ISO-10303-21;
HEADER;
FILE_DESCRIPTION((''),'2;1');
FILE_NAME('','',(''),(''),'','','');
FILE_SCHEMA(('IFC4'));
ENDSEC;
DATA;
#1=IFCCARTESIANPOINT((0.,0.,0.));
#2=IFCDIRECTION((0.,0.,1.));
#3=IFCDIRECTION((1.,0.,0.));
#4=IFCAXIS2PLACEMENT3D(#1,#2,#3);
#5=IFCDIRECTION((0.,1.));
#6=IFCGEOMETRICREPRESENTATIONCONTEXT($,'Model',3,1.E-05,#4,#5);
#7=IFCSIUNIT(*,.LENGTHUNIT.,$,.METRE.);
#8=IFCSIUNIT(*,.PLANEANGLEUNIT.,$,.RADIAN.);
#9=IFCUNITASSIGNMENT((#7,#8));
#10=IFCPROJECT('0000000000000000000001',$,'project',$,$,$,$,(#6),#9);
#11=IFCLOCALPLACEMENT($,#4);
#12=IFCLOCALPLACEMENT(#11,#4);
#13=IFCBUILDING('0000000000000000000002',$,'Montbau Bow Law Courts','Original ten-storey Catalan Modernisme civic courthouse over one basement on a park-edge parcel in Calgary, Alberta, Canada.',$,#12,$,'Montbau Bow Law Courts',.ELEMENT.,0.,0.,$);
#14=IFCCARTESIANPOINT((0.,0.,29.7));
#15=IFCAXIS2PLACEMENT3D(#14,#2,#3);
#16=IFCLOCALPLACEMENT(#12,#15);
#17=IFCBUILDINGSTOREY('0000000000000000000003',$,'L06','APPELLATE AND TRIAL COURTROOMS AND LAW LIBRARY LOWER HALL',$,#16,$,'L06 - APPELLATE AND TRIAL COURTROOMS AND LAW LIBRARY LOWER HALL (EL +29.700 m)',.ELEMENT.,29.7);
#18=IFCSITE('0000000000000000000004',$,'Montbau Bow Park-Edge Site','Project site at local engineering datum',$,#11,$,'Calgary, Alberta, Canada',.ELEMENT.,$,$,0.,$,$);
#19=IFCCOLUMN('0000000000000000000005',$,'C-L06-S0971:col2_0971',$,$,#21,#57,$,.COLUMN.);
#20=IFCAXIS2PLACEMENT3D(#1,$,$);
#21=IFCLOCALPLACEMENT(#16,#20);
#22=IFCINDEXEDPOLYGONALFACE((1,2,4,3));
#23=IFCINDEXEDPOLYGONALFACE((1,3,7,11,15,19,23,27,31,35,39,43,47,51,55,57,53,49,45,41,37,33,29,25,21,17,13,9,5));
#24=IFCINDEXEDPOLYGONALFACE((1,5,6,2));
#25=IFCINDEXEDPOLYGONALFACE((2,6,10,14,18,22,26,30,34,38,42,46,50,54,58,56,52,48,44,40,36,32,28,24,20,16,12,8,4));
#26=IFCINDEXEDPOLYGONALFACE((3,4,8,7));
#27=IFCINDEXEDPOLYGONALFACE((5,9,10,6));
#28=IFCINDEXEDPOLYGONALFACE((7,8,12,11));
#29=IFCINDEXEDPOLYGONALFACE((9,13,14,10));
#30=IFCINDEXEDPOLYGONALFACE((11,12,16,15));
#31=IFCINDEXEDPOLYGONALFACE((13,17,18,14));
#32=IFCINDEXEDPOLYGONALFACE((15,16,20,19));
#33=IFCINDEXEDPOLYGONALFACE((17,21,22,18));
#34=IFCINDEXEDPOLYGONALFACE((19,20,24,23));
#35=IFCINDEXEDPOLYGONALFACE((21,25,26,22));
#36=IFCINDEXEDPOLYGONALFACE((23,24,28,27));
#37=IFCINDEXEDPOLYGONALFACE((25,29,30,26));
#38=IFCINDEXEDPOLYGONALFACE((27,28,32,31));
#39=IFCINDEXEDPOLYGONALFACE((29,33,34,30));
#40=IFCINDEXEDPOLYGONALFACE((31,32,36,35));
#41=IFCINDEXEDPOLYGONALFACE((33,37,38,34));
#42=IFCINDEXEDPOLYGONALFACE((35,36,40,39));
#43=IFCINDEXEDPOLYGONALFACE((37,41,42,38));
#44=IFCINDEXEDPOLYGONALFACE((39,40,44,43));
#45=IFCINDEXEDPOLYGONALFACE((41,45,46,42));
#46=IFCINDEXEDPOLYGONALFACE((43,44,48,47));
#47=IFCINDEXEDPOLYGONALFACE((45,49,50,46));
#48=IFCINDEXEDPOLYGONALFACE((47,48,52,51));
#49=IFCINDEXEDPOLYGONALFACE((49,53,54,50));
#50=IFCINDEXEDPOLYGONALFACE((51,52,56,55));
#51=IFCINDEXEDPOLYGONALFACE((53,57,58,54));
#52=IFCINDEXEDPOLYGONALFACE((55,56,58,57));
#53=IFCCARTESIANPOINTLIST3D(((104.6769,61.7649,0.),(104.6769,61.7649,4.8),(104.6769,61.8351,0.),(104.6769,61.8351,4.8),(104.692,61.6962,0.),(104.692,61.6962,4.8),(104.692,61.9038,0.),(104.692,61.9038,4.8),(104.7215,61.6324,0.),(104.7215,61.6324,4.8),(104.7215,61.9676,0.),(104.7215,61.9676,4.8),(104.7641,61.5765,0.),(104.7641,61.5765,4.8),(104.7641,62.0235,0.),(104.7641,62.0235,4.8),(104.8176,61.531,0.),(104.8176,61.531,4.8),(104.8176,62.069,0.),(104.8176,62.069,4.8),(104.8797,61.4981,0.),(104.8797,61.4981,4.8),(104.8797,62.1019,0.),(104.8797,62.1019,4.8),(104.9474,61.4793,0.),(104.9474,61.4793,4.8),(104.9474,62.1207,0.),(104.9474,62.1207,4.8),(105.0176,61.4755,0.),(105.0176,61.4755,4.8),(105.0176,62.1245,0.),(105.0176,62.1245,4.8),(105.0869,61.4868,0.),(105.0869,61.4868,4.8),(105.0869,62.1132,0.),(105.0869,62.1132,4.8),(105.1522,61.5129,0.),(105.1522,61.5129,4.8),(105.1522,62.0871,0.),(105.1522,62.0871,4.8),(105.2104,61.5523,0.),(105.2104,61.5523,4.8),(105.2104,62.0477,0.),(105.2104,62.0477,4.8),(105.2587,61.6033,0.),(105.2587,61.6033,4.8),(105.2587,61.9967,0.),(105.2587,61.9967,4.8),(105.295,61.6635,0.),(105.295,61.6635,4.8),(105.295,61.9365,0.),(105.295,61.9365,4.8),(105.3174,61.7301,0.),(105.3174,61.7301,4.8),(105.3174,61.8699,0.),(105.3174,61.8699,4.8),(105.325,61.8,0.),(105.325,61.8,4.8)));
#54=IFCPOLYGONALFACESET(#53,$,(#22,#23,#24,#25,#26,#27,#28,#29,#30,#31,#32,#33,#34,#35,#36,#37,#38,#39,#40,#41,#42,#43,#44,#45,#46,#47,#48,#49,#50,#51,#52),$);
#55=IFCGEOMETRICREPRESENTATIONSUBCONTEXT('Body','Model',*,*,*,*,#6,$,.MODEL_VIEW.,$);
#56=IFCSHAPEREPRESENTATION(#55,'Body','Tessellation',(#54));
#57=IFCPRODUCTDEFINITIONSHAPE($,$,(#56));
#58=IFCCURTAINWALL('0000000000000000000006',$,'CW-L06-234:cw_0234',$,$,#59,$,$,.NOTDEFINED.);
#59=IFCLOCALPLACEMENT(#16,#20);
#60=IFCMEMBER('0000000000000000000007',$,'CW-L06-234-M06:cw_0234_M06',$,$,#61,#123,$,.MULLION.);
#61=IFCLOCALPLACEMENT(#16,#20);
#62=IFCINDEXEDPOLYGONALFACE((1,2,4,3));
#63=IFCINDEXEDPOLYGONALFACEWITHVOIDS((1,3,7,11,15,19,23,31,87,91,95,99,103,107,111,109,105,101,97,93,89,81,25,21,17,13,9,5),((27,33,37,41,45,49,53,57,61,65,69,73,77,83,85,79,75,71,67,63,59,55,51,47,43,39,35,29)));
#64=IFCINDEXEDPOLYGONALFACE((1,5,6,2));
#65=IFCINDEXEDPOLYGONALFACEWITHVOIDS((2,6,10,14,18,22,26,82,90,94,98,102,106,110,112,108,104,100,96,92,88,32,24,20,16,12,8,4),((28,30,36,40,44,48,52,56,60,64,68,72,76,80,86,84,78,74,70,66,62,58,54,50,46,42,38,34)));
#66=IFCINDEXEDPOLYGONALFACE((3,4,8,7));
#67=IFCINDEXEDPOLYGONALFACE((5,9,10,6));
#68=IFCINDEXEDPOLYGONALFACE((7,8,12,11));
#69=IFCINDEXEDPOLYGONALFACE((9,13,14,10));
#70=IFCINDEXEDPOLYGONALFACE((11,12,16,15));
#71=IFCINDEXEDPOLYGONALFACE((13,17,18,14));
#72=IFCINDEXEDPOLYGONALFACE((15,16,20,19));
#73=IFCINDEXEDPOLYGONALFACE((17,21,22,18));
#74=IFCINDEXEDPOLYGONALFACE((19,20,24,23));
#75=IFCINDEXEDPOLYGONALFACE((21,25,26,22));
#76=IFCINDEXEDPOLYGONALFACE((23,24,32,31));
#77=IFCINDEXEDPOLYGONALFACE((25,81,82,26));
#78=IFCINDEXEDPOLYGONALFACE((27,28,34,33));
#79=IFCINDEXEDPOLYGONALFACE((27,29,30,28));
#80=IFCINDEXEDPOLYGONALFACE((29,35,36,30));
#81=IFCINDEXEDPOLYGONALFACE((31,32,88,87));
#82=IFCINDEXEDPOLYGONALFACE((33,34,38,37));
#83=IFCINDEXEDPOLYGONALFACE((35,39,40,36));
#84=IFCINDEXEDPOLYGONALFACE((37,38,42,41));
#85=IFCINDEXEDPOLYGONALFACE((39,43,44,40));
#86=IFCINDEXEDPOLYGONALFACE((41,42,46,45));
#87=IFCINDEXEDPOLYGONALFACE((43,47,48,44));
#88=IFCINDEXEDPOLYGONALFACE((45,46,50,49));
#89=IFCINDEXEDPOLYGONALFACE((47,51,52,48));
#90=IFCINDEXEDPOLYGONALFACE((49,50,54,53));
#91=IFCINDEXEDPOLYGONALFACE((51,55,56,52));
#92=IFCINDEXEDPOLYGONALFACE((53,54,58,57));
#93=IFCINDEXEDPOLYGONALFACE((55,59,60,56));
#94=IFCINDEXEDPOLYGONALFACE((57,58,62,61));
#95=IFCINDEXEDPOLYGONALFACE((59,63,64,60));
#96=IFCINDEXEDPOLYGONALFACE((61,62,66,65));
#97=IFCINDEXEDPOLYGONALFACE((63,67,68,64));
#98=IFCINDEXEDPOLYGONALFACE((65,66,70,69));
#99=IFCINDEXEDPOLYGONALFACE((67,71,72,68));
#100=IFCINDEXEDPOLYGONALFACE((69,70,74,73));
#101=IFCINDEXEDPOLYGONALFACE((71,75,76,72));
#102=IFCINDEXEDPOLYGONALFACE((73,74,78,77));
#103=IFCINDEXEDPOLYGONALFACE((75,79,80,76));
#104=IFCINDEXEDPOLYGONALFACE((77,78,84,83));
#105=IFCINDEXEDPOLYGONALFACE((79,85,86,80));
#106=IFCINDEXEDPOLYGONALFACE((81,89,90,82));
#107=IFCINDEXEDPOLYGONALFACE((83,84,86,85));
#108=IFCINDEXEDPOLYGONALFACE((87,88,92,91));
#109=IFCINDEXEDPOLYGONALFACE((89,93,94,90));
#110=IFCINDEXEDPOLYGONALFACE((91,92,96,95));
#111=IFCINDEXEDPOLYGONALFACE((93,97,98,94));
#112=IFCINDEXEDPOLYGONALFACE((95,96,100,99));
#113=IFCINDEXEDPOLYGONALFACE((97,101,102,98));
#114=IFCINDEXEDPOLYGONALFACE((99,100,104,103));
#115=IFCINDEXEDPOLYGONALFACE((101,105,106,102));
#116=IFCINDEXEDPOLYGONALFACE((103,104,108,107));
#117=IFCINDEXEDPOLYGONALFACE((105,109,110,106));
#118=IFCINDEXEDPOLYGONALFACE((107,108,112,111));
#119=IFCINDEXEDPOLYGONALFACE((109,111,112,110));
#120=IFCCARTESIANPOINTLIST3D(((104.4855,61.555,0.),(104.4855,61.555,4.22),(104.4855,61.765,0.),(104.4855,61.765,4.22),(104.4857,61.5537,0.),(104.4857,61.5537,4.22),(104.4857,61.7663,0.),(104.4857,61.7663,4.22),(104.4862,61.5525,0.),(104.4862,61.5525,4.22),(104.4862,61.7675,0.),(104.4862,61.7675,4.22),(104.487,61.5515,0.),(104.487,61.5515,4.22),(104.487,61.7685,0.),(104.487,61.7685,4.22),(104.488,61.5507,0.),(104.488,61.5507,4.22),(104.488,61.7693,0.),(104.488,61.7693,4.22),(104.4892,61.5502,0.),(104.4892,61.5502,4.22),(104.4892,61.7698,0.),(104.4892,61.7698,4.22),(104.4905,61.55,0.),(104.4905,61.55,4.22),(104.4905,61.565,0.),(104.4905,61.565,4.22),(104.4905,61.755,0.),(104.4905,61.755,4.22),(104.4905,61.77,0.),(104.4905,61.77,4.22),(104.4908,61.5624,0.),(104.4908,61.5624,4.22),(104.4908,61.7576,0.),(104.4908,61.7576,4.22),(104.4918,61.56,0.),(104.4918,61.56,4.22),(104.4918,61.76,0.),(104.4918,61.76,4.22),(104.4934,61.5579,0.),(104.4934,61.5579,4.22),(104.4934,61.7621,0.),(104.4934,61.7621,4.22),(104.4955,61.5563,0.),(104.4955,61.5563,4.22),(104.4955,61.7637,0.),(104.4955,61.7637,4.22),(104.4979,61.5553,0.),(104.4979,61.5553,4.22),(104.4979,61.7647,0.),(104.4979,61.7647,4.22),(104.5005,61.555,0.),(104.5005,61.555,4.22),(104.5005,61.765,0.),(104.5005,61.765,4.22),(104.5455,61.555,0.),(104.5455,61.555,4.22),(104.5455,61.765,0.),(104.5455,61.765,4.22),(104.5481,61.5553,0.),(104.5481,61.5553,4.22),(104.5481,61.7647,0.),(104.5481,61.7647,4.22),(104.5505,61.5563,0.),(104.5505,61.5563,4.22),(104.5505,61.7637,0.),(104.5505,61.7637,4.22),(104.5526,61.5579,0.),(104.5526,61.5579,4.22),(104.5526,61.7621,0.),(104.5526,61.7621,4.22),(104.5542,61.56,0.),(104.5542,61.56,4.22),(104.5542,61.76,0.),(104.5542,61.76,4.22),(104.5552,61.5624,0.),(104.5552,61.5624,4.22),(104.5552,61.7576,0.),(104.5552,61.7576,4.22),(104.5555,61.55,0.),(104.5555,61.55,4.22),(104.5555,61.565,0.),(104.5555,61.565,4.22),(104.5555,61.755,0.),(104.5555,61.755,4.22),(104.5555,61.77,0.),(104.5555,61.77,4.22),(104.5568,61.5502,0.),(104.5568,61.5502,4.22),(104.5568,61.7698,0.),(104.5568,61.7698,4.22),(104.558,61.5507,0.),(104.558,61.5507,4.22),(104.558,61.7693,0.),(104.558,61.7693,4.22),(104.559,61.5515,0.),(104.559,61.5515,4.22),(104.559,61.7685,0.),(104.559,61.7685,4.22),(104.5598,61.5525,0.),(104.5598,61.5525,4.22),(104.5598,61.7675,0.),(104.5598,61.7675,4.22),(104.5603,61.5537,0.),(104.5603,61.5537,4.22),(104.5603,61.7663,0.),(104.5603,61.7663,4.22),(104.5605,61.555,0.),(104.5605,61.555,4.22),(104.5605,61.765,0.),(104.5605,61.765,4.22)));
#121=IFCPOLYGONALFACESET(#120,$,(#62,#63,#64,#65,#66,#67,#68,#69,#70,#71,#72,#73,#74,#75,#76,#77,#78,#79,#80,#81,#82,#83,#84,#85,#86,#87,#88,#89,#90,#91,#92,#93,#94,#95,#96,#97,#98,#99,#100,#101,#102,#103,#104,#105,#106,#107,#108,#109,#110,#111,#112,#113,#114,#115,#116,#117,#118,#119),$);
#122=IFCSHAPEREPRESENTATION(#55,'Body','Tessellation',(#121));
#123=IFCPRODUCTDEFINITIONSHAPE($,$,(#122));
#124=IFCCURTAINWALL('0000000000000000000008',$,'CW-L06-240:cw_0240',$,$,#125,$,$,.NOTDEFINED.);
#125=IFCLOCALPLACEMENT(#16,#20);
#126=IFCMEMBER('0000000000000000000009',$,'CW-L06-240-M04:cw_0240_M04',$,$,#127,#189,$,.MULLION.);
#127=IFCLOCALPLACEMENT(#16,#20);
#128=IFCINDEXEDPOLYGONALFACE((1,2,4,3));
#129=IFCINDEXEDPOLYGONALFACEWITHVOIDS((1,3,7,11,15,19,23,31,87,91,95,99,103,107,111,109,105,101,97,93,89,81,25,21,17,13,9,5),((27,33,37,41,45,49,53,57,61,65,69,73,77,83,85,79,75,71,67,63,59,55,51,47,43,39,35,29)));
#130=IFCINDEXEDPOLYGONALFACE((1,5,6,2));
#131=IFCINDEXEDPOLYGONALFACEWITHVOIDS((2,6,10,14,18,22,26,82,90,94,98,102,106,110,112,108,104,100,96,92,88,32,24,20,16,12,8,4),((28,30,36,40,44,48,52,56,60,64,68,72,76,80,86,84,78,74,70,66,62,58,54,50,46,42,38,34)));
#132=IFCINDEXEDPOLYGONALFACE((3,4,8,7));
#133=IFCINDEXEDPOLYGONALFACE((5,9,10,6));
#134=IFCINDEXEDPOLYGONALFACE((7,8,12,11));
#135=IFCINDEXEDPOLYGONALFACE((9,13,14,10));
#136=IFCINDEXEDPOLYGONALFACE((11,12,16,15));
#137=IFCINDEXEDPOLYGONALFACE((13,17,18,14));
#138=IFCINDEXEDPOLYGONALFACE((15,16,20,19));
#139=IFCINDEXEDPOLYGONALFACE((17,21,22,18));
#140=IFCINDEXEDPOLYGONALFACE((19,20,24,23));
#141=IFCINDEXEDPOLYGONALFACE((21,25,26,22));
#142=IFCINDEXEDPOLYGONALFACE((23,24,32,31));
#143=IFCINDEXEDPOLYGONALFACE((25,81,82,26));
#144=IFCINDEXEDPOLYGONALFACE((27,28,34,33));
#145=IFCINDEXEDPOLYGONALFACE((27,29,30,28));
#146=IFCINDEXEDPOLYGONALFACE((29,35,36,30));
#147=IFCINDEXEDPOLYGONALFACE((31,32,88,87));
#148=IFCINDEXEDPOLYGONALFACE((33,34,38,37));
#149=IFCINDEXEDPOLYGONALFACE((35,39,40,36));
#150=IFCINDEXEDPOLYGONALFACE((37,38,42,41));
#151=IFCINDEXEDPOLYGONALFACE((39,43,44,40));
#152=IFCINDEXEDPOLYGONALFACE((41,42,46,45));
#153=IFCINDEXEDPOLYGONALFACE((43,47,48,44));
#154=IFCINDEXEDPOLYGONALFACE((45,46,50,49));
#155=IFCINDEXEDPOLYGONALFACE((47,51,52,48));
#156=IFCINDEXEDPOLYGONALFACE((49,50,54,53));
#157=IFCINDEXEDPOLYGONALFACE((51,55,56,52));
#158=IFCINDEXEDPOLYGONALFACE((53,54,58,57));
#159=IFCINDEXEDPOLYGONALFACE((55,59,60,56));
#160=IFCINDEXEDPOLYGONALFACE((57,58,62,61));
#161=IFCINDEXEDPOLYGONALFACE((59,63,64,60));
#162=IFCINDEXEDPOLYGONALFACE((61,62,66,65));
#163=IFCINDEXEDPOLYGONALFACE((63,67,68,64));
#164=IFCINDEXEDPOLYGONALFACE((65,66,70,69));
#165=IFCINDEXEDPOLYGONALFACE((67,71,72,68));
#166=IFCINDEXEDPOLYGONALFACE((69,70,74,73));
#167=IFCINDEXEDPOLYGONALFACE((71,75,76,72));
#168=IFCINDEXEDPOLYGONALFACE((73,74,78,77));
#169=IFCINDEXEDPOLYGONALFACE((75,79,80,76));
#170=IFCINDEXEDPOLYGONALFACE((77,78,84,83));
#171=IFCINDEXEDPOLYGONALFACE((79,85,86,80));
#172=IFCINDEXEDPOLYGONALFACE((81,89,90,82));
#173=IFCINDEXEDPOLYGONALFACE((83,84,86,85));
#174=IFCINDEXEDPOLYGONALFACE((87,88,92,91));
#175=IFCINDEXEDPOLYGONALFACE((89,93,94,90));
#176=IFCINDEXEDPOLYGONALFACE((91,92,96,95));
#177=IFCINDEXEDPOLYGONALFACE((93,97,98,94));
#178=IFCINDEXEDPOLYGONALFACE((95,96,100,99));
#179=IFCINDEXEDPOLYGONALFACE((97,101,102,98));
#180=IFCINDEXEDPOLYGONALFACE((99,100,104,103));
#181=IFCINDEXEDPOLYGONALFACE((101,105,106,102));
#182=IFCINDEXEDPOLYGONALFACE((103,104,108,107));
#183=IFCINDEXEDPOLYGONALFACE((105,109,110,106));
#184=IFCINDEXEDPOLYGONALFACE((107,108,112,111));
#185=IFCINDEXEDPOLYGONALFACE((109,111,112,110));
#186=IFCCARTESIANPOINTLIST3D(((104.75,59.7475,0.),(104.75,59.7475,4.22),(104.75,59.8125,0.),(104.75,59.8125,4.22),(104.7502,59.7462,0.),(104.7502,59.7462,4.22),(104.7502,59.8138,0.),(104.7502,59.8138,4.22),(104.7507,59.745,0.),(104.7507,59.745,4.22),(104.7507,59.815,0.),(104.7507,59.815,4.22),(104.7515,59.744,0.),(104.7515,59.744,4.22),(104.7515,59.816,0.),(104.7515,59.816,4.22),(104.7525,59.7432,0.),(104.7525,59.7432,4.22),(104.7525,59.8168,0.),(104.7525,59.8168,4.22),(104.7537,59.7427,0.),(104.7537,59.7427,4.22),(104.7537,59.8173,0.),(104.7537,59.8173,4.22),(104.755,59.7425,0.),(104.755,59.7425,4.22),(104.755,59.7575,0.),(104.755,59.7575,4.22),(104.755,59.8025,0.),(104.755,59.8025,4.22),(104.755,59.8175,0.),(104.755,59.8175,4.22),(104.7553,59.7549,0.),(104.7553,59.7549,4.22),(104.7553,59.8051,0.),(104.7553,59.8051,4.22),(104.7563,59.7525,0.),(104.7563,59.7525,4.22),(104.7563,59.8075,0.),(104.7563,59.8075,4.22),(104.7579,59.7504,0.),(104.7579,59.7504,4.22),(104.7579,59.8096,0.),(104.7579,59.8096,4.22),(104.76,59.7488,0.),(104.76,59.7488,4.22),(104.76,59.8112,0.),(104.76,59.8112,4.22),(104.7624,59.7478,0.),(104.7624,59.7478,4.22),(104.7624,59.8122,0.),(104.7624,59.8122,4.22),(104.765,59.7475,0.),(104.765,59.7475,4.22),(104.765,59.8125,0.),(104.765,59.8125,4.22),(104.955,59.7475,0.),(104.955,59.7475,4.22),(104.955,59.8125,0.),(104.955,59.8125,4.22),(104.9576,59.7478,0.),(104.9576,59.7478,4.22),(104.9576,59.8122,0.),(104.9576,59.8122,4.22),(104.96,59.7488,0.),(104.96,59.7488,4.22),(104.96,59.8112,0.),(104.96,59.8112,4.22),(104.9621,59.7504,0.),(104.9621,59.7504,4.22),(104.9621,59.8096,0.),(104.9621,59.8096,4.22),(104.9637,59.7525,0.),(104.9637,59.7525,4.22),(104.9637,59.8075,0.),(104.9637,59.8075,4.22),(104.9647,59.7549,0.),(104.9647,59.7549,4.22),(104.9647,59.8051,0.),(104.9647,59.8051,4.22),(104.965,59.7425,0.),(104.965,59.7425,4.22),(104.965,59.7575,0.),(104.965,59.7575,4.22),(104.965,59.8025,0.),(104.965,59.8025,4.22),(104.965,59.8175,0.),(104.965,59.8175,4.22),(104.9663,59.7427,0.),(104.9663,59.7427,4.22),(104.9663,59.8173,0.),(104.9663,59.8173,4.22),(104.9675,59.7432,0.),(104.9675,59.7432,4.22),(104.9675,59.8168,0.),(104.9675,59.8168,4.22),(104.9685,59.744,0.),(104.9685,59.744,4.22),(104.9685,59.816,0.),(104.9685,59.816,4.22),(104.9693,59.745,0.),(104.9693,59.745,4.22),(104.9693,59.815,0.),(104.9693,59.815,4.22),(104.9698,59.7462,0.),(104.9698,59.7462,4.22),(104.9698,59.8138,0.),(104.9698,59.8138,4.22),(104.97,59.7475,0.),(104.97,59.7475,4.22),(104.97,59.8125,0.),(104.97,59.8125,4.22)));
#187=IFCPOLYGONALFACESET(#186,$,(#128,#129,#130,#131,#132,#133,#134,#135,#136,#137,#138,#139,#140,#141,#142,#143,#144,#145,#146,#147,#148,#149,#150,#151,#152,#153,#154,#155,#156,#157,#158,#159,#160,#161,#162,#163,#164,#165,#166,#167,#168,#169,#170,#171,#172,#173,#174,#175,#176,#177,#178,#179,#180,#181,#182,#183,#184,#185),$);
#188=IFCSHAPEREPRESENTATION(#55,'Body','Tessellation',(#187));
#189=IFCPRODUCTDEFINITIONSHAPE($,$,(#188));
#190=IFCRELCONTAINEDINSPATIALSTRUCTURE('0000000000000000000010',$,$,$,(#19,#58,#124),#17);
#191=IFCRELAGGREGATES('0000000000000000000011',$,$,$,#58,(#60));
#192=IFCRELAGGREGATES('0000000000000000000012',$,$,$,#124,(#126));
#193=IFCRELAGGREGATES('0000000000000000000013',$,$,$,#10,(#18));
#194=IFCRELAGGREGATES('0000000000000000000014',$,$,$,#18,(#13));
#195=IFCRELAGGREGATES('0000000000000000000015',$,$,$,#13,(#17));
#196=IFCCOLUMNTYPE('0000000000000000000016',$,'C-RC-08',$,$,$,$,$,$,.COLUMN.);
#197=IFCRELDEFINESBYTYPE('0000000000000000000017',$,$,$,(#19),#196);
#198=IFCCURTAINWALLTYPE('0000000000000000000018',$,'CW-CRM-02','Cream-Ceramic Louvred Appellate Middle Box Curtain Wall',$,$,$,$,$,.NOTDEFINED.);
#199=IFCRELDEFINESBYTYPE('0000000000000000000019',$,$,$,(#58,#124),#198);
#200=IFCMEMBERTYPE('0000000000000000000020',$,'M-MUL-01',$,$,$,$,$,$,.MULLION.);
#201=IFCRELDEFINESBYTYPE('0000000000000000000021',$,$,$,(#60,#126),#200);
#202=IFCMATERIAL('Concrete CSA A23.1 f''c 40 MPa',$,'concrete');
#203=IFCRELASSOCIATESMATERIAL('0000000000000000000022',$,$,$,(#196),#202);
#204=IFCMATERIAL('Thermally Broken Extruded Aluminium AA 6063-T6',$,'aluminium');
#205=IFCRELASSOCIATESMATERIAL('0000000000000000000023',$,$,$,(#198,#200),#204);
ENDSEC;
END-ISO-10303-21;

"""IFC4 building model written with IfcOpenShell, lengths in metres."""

from ifc_helpers import new_model, si_unit, direction, frame, origin_with_axes, origin_2d_with_axis, place, context, subcontext, project, spatial, hollow_rectangle, circle, extrude, material, material_profile, profile_set, type_object, element, aggregate, save


model = new_model("IFC4")

# Units and contexts
model_context = context("Model", 3, precision=1e-05, world=origin_with_axes(), true_north=direction((0.0, 1.0)))
body_context = subcontext(model_context, "Body", "Model", "MODEL_VIEW")
ifc_project = project(units=[si_unit("LENGTHUNIT", "METRE"), si_unit("PLANEANGLEUNIT", "RADIAN")], contexts=[model_context])

# Site, building, storey
site_placement = place(None, origin_with_axes())
site = spatial("IfcSite", under=ifc_project, at=site_placement, Name="Montbau Bow Park-Edge Site", Description="Project site at local engineering datum", LongName="Calgary, Alberta, Canada", CompositionType="ELEMENT", RefElevation=0.0)
building_placement = place(site_placement, origin_with_axes())
building = spatial("IfcBuilding", under=site, at=building_placement, Name="Montbau Bow Law Courts", Description="Original ten-storey Catalan Modernisme civic courthouse over one basement on a park-edge parcel in Calgary, Alberta, Canada.", LongName="Montbau Bow Law Courts", CompositionType="ELEMENT", ElevationOfRefHeight=0.0, ElevationOfTerrain=0.0)
storey_placement = place(building_placement, frame((0.0, 0.0, 29.7), z_axis=(0.0, 0.0, 1.0), x_axis=(1.0, 0.0, 0.0)))
storey = spatial("IfcBuildingStorey", under=building, at=storey_placement, Name="L06", Description="APPELLATE AND TRIAL COURTROOMS AND LAW LIBRARY LOWER HALL", LongName="L06 - APPELLATE AND TRIAL COURTROOMS AND LAW LIBRARY LOWER HALL (EL +29.700 m)", CompositionType="ELEMENT", Elevation=29.7)

# Column
ifc_material_1 = material(Name="Concrete CSA A23.1 f'c 40 MPa", Category="concrete")
ifc_material_profile_1 = material_profile(ifc_material_1, circle(Radius=0.325, at=origin_2d_with_axis()), Name="RC650D", Category="Main", Priority=0)
ifc_profile_set_1 = profile_set([ifc_material_profile_1], Name="Concrete CSA A23.1 f'c 40 MPa")
column_type = type_object("IfcColumnType", Name="C-RC-08", PredefinedType="COLUMN", material=ifc_profile_set_1)
column_placement = place(None, frame((105.0, 61.8, 29.7), z_axis=(0.0, 0.0, 1.0), x_axis=(1.0, 0.0, 0.0)))
element("IfcColumn", 1, at=column_placement, inside=storey, type_object=column_type, Name="C-L06-S0971:col2_0971", PredefinedType="COLUMN", context=body_context, shape_type="SweptSolid", body=[
    extrude(circle(Radius=0.325, at=origin_2d_with_axis()), origin_with_axes(), (0.0, 0.0, 1.0), 4.8),
])

# Curtain wall, member
ifc_material_2 = material(Name="Thermally Broken Extruded Aluminium AA 6063-T6", Category="aluminium")
curtain_wall_type = type_object("IfcCurtainWallType", Name="CW-CRM-02", Description="Cream-Ceramic Louvred Appellate Middle Box Curtain Wall", PredefinedType="NOTDEFINED", material=ifc_material_2)
curtain_wall_1_placement = place(None, frame((97.64, 61.66, 29.7), z_axis=(0.0, 0.0, 1.0), x_axis=(1.0, 0.0, 0.0)))
curtain_wall_1 = element("IfcCurtainWall", 2, at=curtain_wall_1_placement, inside=storey, type_object=curtain_wall_type, Name="CW-L06-234:cw_0234", PredefinedType="NOTDEFINED")
ifc_material_profile_2 = material_profile(ifc_material_2, hollow_rectangle(XDim=0.075, YDim=0.22, WallThickness=0.005, InnerFilletRadius=0.01, OuterFilletRadius=0.005, at=origin_2d_with_axis()), Name="CWM-220X75", Category="Main", Priority=0)
ifc_profile_set_2 = profile_set([ifc_material_profile_2], Name="Thermally Broken Extruded Aluminium AA 6063-T6")
member_type_1 = type_object("IfcMemberType", Name="M-MUL-01", PredefinedType="MULLION", material=ifc_profile_set_2)
member_1_placement = place(None, frame((104.523, 61.66, 29.7), z_axis=(0.0, 0.0, 1.0), x_axis=(1.0, 0.0, 0.0)))
member_1 = element("IfcMember", 3, at=member_1_placement, type_object=member_type_1, Name="CW-L06-234-M06:cw_0234_M06", PredefinedType="MULLION", context=body_context, shape_type="SweptSolid", body=[
    extrude(hollow_rectangle(XDim=0.075, YDim=0.22, WallThickness=0.005, InnerFilletRadius=0.01, OuterFilletRadius=0.005, at=origin_2d_with_axis()), origin_with_axes(), (0.0, 0.0, 1.0), 4.22),
])

# Curtain wall, member
curtain_wall_2_placement = place(None, frame((104.86, 55.04, 29.7), z_axis=(0.0, 0.0, 1.0), x_axis=(1.0, 0.0, 0.0)))
curtain_wall_2 = element("IfcCurtainWall", 4, at=curtain_wall_2_placement, inside=storey, type_object=curtain_wall_type, Name="CW-L06-240:cw_0240", PredefinedType="NOTDEFINED")
member_2_placement = place(None, frame((104.86, 59.78, 29.7), z_axis=(0.0, 0.0, 1.0), x_axis=(0.0, 1.0, 0.0)))
member_2 = element("IfcMember", 5, at=member_2_placement, type_object=member_type_1, Name="CW-L06-240-M04:cw_0240_M04", PredefinedType="MULLION", context=body_context, shape_type="SweptSolid", body=[
    extrude(hollow_rectangle(XDim=0.075, YDim=0.22, WallThickness=0.005, InnerFilletRadius=0.01, OuterFilletRadius=0.005, at=origin_2d_with_axis()), origin_with_axes(), (0.0, 0.0, 1.0), 4.22),
])

aggregate(curtain_wall_1, [member_1])

aggregate(curtain_wall_2, [member_2])

save(model, "model.ifc")
